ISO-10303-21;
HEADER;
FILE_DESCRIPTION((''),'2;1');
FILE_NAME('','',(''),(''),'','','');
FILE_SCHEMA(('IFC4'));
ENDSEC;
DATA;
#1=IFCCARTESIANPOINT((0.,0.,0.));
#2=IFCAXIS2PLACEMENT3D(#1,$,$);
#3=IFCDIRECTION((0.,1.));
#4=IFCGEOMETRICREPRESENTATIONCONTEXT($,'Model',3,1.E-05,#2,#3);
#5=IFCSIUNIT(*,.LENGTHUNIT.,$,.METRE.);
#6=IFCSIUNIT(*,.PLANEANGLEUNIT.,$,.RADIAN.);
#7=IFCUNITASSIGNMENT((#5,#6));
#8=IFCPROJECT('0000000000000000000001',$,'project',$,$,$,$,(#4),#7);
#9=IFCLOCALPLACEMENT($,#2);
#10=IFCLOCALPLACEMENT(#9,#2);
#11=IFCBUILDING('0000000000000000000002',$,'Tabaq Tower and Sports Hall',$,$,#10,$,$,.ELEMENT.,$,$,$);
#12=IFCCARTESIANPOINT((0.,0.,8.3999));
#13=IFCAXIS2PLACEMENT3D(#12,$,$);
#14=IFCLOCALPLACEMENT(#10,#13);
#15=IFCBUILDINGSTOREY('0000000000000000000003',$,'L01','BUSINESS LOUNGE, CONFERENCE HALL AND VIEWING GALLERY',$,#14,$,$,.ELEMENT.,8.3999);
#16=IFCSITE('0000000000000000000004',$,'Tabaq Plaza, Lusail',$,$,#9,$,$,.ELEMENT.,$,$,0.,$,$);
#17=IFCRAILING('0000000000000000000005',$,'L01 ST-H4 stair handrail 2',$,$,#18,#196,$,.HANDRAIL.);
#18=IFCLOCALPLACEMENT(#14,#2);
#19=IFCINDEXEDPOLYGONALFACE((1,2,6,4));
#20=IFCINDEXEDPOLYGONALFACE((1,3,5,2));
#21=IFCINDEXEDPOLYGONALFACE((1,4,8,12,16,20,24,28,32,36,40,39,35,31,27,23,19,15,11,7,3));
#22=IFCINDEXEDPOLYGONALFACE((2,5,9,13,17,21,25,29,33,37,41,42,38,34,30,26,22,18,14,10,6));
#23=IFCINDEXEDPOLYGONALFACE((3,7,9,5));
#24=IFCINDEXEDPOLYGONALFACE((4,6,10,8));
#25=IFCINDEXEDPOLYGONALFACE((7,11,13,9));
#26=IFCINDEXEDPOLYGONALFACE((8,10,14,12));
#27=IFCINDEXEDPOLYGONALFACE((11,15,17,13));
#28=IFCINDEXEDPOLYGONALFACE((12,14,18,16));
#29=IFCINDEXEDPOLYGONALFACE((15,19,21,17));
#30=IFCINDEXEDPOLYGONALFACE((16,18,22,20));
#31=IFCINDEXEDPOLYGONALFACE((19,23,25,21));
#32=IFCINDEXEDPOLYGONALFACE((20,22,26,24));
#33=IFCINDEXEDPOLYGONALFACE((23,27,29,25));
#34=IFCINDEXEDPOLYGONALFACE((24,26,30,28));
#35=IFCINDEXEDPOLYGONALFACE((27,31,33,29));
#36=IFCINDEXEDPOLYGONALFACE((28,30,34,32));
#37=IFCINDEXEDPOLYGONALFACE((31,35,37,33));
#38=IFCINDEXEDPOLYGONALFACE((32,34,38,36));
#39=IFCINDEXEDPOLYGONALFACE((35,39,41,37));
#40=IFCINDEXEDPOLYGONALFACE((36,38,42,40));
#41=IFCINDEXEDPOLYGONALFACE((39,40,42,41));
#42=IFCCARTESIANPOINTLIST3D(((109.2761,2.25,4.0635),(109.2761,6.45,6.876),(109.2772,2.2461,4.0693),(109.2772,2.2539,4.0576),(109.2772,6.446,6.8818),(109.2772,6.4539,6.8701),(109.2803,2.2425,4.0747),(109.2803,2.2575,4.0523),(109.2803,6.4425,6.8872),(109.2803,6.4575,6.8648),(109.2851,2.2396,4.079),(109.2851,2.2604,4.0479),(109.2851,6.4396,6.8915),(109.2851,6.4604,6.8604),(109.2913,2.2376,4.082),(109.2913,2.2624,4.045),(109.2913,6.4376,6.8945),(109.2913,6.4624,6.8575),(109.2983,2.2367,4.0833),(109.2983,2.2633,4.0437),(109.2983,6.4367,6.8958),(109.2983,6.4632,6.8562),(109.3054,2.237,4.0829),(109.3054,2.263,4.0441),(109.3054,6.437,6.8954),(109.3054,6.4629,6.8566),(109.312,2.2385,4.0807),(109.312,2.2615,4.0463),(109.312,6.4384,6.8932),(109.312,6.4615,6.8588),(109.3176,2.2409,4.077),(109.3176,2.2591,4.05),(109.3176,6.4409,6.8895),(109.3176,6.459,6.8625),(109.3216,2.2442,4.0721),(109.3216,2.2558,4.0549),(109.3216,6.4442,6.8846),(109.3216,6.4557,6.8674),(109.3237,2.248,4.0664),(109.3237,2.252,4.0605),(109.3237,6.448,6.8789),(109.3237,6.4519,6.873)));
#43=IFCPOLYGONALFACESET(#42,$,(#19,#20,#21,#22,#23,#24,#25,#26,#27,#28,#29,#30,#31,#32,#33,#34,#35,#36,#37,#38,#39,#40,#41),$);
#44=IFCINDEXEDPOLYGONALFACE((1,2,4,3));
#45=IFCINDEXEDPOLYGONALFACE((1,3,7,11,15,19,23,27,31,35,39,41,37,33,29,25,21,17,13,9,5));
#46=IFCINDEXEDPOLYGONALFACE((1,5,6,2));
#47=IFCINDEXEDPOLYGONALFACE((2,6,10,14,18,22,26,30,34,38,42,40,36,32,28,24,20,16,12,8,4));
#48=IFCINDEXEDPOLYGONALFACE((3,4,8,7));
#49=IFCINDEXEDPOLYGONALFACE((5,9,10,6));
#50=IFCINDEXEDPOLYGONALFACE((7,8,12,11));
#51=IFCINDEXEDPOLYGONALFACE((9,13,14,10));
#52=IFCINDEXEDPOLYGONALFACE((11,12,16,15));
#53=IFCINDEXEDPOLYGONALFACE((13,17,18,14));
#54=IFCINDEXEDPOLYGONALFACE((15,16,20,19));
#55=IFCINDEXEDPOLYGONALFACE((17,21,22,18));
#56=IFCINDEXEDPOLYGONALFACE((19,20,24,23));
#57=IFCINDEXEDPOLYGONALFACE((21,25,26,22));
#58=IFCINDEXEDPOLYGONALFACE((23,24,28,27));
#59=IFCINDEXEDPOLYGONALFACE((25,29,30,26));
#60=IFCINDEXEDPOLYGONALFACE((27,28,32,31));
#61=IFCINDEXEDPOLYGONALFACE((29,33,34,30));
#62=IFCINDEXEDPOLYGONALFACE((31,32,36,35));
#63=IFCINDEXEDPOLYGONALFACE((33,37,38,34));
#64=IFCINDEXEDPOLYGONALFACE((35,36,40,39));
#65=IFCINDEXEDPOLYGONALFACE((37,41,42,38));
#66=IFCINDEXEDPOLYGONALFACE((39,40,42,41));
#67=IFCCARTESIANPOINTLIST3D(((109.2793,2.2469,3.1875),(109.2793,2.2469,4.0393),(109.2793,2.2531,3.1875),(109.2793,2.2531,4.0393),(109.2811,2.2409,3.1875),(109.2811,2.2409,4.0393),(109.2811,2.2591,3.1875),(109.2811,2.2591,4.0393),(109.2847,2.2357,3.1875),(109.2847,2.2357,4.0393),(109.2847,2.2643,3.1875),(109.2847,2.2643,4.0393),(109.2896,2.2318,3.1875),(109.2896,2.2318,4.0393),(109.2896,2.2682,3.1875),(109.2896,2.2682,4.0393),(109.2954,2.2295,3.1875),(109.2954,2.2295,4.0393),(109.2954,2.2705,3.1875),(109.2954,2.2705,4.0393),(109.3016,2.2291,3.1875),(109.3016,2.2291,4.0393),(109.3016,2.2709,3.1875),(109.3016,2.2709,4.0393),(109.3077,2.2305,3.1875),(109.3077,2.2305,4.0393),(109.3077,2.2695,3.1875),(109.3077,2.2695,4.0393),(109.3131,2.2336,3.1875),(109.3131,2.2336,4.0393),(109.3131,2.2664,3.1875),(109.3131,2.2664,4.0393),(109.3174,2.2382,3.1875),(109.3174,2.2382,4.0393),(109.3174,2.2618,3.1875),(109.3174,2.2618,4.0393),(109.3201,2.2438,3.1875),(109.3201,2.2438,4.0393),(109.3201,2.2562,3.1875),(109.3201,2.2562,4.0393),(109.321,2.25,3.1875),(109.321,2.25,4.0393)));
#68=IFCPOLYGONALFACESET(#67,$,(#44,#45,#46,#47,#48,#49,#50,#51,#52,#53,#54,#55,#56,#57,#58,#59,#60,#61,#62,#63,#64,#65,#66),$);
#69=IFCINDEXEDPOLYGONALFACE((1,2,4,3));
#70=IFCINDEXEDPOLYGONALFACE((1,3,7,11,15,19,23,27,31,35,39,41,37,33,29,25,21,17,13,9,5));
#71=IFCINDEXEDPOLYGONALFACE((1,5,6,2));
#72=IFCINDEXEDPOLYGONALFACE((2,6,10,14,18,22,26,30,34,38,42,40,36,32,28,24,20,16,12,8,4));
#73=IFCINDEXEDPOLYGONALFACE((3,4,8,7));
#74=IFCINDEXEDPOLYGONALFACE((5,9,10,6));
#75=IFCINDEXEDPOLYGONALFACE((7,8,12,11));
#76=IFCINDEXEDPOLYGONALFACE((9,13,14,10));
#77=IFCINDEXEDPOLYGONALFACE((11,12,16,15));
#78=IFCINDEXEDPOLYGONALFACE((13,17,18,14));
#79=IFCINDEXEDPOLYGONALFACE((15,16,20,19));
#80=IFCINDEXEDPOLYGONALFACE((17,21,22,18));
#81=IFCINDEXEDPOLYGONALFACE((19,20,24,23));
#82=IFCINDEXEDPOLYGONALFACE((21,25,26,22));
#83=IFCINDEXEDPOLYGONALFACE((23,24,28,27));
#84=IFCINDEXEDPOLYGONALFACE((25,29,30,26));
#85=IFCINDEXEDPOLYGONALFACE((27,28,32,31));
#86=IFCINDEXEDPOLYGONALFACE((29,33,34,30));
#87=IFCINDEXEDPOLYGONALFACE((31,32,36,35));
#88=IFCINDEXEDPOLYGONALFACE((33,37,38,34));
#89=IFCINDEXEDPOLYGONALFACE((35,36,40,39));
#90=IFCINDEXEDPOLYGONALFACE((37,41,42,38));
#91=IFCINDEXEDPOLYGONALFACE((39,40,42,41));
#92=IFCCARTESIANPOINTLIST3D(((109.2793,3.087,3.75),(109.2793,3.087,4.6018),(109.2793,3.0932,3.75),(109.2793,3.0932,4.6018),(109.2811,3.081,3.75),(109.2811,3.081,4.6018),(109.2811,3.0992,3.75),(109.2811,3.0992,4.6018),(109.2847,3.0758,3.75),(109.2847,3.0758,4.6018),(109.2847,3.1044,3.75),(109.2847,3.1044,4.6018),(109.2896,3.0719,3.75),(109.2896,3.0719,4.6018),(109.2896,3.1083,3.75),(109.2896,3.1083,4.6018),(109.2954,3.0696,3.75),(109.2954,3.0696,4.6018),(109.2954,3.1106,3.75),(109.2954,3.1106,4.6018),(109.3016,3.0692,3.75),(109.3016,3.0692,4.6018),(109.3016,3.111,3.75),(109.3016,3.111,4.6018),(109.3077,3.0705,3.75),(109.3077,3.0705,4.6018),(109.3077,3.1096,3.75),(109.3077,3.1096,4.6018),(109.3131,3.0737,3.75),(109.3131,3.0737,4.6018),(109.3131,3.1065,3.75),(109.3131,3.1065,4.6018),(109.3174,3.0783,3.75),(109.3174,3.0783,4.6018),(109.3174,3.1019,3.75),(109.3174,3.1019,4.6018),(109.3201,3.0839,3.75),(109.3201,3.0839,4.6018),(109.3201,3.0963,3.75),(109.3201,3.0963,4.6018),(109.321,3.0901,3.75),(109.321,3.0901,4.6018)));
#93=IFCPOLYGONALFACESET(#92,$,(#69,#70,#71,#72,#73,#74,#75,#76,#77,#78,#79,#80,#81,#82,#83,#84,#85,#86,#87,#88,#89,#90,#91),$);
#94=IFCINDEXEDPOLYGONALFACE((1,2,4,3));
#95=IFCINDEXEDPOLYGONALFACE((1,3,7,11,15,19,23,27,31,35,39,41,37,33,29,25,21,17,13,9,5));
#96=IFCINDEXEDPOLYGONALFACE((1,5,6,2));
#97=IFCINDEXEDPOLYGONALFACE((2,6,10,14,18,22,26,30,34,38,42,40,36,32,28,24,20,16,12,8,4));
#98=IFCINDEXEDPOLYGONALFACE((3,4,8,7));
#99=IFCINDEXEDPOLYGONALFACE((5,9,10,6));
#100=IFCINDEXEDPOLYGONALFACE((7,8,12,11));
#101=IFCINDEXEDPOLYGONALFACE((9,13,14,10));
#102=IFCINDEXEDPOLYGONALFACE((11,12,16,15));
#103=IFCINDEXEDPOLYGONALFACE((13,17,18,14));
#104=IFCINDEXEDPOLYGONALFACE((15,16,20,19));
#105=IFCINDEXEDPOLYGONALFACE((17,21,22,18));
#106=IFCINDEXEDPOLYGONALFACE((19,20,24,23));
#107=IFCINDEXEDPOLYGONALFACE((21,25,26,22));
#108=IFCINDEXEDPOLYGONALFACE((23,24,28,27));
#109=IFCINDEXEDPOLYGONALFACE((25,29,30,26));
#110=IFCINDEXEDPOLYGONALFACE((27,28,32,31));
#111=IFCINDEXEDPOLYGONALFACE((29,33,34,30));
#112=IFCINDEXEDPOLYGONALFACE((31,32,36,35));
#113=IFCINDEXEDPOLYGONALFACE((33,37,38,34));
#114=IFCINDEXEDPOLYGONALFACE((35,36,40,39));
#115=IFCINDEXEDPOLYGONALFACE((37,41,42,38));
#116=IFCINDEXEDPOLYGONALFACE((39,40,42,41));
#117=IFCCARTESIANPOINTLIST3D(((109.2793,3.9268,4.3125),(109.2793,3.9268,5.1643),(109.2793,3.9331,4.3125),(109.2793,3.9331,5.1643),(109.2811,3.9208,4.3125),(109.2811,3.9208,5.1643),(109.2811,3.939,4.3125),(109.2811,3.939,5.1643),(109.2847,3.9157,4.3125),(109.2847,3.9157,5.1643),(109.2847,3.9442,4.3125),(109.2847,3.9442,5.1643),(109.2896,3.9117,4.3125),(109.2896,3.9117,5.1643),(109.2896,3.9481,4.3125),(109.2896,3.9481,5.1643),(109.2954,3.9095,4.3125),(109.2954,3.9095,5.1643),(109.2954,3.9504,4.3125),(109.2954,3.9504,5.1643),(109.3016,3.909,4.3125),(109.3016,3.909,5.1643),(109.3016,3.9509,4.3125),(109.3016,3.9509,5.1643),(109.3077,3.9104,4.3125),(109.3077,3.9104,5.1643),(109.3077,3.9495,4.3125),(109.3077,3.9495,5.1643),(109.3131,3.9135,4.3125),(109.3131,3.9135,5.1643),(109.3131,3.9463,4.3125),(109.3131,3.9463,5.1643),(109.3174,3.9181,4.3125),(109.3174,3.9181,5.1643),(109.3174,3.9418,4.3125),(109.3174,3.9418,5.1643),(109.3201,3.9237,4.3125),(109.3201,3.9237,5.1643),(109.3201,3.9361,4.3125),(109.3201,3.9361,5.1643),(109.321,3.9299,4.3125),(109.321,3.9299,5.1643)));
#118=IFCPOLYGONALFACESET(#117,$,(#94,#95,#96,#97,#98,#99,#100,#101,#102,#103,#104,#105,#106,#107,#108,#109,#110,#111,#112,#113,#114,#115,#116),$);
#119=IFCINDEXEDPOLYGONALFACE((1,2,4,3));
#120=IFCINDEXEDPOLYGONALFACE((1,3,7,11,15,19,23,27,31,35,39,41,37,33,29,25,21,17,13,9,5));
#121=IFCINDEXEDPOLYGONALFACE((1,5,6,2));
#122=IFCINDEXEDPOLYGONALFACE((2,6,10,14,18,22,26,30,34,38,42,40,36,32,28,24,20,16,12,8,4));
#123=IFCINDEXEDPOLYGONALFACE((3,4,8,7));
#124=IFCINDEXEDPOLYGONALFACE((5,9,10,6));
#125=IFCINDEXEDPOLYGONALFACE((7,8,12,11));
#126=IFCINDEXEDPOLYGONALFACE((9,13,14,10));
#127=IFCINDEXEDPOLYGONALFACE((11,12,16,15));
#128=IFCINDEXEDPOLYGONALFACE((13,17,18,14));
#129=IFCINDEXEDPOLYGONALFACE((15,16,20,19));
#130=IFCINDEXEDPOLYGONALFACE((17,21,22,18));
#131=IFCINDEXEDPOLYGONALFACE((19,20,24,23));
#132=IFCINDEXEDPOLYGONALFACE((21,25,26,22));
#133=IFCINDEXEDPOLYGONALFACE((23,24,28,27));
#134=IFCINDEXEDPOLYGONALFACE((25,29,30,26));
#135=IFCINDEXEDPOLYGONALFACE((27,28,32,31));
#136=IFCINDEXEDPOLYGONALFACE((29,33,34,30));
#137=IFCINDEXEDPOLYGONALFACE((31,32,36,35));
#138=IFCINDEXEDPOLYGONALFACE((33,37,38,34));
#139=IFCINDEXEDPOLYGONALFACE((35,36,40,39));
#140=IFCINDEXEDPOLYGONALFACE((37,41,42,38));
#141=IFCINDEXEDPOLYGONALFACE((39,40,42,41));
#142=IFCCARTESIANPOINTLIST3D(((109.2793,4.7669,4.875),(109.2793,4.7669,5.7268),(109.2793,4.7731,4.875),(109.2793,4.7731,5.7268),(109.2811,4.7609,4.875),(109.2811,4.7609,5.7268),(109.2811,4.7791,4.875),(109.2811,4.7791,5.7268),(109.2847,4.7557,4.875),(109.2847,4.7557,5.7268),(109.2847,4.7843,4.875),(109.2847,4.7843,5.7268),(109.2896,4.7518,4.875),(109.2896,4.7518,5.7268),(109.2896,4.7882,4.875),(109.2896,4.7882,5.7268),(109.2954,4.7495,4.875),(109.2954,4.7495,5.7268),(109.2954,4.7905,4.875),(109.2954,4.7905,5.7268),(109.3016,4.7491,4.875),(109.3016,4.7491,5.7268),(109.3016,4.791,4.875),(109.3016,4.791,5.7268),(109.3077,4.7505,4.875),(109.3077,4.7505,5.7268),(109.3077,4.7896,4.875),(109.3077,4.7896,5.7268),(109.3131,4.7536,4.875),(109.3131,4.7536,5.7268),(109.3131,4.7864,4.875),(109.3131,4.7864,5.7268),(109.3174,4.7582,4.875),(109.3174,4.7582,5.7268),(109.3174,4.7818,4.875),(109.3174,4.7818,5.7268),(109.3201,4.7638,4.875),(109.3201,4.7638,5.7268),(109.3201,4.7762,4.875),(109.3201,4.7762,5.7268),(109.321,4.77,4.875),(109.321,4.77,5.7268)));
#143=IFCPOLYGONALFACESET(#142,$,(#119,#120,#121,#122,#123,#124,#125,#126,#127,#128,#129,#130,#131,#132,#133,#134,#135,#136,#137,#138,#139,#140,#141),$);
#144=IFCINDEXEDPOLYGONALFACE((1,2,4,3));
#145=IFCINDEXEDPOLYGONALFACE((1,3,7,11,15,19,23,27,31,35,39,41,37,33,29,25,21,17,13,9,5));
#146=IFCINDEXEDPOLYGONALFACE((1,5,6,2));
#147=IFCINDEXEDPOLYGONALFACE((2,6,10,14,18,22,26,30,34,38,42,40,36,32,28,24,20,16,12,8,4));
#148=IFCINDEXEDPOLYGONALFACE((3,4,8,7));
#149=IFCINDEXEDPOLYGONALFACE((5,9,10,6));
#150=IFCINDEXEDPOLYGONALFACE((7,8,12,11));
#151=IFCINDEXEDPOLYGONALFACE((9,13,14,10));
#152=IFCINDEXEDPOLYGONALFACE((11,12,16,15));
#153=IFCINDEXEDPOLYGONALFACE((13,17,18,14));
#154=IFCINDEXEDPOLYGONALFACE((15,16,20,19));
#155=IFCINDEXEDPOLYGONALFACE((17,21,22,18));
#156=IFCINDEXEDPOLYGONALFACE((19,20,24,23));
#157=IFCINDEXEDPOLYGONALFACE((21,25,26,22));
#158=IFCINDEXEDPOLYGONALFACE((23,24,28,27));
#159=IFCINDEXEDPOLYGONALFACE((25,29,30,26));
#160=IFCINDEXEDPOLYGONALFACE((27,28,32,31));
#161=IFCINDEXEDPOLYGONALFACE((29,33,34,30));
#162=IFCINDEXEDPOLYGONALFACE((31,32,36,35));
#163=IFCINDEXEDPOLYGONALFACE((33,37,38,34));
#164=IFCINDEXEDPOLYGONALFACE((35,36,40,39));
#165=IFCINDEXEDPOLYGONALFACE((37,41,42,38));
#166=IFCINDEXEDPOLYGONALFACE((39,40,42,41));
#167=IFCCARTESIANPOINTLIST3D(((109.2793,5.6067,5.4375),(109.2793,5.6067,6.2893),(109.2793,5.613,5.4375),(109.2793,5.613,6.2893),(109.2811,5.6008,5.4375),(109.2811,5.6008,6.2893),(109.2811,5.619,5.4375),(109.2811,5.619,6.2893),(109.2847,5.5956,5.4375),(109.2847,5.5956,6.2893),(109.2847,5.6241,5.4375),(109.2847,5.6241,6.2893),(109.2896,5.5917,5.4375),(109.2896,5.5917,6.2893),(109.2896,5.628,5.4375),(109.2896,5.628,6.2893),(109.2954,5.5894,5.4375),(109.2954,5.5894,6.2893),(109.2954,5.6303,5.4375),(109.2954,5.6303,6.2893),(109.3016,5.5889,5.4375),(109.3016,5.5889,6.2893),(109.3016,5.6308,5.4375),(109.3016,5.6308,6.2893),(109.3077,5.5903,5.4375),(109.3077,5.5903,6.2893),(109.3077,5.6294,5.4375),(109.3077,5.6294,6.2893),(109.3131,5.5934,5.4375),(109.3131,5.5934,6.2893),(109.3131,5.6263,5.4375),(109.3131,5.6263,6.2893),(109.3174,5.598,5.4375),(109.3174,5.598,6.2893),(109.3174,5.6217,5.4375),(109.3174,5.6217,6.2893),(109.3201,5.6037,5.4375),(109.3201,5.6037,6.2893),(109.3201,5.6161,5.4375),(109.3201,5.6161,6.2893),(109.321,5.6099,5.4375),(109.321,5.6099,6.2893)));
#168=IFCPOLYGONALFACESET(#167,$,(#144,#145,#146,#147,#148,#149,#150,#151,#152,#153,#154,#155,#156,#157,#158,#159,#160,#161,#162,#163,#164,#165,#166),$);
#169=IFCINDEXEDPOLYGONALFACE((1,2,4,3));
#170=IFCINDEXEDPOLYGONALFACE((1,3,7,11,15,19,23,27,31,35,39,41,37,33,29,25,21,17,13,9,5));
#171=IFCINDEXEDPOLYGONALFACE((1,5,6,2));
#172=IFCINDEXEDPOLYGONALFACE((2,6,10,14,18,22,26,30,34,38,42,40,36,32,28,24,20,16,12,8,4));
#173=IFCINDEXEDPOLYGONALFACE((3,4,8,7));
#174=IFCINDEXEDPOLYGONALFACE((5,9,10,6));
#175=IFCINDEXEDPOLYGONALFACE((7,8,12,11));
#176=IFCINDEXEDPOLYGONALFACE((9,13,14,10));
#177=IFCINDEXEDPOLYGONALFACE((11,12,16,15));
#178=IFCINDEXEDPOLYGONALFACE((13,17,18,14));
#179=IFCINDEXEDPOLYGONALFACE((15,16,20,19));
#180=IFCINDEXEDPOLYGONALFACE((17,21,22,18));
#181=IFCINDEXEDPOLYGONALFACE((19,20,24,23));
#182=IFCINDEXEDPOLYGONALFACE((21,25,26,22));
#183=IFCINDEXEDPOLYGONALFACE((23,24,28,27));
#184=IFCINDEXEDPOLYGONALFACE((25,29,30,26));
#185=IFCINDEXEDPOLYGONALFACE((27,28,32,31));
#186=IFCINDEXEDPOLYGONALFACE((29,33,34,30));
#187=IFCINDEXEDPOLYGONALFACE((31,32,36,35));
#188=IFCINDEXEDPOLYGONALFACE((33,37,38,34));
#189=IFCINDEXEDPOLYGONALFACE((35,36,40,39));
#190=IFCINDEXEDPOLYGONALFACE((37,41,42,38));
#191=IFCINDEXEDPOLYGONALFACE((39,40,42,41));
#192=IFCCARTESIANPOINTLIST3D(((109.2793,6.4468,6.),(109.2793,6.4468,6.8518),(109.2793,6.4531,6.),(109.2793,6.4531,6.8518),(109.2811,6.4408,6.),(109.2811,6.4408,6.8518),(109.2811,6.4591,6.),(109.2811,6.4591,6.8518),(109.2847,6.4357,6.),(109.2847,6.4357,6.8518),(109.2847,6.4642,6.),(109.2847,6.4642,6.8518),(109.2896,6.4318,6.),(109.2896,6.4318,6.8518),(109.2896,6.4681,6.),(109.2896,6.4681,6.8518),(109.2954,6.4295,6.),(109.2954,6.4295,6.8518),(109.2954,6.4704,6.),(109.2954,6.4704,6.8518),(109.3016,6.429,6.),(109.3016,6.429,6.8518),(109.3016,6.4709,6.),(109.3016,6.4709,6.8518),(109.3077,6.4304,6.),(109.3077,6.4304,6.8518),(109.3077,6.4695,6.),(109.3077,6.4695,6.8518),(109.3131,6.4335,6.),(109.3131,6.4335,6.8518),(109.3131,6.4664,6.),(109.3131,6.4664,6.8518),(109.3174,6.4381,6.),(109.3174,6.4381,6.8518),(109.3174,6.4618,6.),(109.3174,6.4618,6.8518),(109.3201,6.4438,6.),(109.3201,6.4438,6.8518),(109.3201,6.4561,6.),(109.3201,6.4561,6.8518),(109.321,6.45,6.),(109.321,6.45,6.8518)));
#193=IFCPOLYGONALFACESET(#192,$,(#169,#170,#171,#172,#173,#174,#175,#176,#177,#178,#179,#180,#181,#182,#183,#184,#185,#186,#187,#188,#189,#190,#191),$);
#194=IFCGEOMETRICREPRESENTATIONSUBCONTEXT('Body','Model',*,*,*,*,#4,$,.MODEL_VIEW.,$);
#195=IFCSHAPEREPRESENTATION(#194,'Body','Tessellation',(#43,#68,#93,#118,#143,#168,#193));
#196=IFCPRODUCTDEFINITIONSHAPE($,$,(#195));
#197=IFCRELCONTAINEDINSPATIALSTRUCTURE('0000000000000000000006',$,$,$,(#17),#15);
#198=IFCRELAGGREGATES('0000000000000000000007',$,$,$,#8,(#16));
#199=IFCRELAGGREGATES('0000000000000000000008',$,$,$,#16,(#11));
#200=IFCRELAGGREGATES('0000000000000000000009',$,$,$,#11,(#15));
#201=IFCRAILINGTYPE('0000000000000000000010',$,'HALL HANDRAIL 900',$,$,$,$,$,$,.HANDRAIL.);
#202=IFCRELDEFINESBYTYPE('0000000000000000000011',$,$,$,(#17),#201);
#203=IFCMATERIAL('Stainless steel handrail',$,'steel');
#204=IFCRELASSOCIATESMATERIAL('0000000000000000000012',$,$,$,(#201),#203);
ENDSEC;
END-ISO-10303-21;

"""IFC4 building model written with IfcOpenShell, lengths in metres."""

from ifc_helpers import new_model, si_unit, direction, frame, origin, origin_2d, place, context, subcontext, project, spatial, circle, extrude, material, type_object, element, save


model = new_model("IFC4")

# Units and contexts
model_context = context("Model", 3, precision=1e-05, world=origin(), true_north=direction((0.0, 1.0)))
body_context = subcontext(model_context, "Body", "Model", "MODEL_VIEW")
ifc_project = project(units=[si_unit("LENGTHUNIT", "METRE"), si_unit("PLANEANGLEUNIT", "RADIAN")], contexts=[model_context])

# Site, building, storey
site_placement = place(None, origin())
site = spatial("IfcSite", under=ifc_project, at=site_placement, Name="Tabaq Plaza, Lusail", CompositionType="ELEMENT", RefElevation=0.0)
building_placement = place(site_placement, origin())
building = spatial("IfcBuilding", under=site, at=building_placement, Name="Tabaq Tower and Sports Hall", CompositionType="ELEMENT")
storey_placement = place(building_placement, frame((0.0, 0.0, 8.3999)))
storey = spatial("IfcBuildingStorey", under=building, at=storey_placement, Name="L01", Description="BUSINESS LOUNGE, CONFERENCE HALL AND VIEWING GALLERY", CompositionType="ELEMENT", Elevation=8.3999)

# Railing
ifc_material_1 = material(Name="Stainless steel handrail", Category="steel")
railing_type = type_object("IfcRailingType", Name="HALL HANDRAIL 900", PredefinedType="HANDRAIL", material=ifc_material_1)
railing_placement = place(storey_placement, frame((109.3, 2.25, 3.1875)))
element("IfcRailing", 1, at=railing_placement, inside=storey, type_object=railing_type, Name="L01 ST-H4 stair handrail 2", PredefinedType="HANDRAIL", context=body_context, shape_type="SweptSolid", body=[
    extrude(circle(Radius=0.0239, at=origin_2d()), frame((0.0, 0.0, 0.876), z_axis=(0.0, 0.830904, 0.556416), x_axis=(-1.0, 0.0, 0.0)), (0.0, 0.0, 1.0), 5.0547),
    extrude(circle(Radius=0.021, at=origin_2d()), origin(), (0.0, 0.0, 1.0), 0.8518),
    extrude(circle(Radius=0.021, at=origin_2d()), frame((0.0, 0.8401, 0.5625)), (0.0, 0.0, 1.0), 0.8518),
    extrude(circle(Radius=0.021, at=origin_2d()), frame((0.0, 1.6799, 1.125)), (0.0, 0.0, 1.0), 0.8518),
    extrude(circle(Radius=0.021, at=origin_2d()), frame((0.0, 2.52, 1.6875)), (0.0, 0.0, 1.0), 0.8518),
    extrude(circle(Radius=0.021, at=origin_2d()), frame((0.0, 3.3599, 2.25)), (0.0, 0.0, 1.0), 0.8518),
    extrude(circle(Radius=0.021, at=origin_2d()), frame((0.0, 4.2, 2.8125)), (0.0, 0.0, 1.0), 0.8518),
])

save(model, "model.ifc")
